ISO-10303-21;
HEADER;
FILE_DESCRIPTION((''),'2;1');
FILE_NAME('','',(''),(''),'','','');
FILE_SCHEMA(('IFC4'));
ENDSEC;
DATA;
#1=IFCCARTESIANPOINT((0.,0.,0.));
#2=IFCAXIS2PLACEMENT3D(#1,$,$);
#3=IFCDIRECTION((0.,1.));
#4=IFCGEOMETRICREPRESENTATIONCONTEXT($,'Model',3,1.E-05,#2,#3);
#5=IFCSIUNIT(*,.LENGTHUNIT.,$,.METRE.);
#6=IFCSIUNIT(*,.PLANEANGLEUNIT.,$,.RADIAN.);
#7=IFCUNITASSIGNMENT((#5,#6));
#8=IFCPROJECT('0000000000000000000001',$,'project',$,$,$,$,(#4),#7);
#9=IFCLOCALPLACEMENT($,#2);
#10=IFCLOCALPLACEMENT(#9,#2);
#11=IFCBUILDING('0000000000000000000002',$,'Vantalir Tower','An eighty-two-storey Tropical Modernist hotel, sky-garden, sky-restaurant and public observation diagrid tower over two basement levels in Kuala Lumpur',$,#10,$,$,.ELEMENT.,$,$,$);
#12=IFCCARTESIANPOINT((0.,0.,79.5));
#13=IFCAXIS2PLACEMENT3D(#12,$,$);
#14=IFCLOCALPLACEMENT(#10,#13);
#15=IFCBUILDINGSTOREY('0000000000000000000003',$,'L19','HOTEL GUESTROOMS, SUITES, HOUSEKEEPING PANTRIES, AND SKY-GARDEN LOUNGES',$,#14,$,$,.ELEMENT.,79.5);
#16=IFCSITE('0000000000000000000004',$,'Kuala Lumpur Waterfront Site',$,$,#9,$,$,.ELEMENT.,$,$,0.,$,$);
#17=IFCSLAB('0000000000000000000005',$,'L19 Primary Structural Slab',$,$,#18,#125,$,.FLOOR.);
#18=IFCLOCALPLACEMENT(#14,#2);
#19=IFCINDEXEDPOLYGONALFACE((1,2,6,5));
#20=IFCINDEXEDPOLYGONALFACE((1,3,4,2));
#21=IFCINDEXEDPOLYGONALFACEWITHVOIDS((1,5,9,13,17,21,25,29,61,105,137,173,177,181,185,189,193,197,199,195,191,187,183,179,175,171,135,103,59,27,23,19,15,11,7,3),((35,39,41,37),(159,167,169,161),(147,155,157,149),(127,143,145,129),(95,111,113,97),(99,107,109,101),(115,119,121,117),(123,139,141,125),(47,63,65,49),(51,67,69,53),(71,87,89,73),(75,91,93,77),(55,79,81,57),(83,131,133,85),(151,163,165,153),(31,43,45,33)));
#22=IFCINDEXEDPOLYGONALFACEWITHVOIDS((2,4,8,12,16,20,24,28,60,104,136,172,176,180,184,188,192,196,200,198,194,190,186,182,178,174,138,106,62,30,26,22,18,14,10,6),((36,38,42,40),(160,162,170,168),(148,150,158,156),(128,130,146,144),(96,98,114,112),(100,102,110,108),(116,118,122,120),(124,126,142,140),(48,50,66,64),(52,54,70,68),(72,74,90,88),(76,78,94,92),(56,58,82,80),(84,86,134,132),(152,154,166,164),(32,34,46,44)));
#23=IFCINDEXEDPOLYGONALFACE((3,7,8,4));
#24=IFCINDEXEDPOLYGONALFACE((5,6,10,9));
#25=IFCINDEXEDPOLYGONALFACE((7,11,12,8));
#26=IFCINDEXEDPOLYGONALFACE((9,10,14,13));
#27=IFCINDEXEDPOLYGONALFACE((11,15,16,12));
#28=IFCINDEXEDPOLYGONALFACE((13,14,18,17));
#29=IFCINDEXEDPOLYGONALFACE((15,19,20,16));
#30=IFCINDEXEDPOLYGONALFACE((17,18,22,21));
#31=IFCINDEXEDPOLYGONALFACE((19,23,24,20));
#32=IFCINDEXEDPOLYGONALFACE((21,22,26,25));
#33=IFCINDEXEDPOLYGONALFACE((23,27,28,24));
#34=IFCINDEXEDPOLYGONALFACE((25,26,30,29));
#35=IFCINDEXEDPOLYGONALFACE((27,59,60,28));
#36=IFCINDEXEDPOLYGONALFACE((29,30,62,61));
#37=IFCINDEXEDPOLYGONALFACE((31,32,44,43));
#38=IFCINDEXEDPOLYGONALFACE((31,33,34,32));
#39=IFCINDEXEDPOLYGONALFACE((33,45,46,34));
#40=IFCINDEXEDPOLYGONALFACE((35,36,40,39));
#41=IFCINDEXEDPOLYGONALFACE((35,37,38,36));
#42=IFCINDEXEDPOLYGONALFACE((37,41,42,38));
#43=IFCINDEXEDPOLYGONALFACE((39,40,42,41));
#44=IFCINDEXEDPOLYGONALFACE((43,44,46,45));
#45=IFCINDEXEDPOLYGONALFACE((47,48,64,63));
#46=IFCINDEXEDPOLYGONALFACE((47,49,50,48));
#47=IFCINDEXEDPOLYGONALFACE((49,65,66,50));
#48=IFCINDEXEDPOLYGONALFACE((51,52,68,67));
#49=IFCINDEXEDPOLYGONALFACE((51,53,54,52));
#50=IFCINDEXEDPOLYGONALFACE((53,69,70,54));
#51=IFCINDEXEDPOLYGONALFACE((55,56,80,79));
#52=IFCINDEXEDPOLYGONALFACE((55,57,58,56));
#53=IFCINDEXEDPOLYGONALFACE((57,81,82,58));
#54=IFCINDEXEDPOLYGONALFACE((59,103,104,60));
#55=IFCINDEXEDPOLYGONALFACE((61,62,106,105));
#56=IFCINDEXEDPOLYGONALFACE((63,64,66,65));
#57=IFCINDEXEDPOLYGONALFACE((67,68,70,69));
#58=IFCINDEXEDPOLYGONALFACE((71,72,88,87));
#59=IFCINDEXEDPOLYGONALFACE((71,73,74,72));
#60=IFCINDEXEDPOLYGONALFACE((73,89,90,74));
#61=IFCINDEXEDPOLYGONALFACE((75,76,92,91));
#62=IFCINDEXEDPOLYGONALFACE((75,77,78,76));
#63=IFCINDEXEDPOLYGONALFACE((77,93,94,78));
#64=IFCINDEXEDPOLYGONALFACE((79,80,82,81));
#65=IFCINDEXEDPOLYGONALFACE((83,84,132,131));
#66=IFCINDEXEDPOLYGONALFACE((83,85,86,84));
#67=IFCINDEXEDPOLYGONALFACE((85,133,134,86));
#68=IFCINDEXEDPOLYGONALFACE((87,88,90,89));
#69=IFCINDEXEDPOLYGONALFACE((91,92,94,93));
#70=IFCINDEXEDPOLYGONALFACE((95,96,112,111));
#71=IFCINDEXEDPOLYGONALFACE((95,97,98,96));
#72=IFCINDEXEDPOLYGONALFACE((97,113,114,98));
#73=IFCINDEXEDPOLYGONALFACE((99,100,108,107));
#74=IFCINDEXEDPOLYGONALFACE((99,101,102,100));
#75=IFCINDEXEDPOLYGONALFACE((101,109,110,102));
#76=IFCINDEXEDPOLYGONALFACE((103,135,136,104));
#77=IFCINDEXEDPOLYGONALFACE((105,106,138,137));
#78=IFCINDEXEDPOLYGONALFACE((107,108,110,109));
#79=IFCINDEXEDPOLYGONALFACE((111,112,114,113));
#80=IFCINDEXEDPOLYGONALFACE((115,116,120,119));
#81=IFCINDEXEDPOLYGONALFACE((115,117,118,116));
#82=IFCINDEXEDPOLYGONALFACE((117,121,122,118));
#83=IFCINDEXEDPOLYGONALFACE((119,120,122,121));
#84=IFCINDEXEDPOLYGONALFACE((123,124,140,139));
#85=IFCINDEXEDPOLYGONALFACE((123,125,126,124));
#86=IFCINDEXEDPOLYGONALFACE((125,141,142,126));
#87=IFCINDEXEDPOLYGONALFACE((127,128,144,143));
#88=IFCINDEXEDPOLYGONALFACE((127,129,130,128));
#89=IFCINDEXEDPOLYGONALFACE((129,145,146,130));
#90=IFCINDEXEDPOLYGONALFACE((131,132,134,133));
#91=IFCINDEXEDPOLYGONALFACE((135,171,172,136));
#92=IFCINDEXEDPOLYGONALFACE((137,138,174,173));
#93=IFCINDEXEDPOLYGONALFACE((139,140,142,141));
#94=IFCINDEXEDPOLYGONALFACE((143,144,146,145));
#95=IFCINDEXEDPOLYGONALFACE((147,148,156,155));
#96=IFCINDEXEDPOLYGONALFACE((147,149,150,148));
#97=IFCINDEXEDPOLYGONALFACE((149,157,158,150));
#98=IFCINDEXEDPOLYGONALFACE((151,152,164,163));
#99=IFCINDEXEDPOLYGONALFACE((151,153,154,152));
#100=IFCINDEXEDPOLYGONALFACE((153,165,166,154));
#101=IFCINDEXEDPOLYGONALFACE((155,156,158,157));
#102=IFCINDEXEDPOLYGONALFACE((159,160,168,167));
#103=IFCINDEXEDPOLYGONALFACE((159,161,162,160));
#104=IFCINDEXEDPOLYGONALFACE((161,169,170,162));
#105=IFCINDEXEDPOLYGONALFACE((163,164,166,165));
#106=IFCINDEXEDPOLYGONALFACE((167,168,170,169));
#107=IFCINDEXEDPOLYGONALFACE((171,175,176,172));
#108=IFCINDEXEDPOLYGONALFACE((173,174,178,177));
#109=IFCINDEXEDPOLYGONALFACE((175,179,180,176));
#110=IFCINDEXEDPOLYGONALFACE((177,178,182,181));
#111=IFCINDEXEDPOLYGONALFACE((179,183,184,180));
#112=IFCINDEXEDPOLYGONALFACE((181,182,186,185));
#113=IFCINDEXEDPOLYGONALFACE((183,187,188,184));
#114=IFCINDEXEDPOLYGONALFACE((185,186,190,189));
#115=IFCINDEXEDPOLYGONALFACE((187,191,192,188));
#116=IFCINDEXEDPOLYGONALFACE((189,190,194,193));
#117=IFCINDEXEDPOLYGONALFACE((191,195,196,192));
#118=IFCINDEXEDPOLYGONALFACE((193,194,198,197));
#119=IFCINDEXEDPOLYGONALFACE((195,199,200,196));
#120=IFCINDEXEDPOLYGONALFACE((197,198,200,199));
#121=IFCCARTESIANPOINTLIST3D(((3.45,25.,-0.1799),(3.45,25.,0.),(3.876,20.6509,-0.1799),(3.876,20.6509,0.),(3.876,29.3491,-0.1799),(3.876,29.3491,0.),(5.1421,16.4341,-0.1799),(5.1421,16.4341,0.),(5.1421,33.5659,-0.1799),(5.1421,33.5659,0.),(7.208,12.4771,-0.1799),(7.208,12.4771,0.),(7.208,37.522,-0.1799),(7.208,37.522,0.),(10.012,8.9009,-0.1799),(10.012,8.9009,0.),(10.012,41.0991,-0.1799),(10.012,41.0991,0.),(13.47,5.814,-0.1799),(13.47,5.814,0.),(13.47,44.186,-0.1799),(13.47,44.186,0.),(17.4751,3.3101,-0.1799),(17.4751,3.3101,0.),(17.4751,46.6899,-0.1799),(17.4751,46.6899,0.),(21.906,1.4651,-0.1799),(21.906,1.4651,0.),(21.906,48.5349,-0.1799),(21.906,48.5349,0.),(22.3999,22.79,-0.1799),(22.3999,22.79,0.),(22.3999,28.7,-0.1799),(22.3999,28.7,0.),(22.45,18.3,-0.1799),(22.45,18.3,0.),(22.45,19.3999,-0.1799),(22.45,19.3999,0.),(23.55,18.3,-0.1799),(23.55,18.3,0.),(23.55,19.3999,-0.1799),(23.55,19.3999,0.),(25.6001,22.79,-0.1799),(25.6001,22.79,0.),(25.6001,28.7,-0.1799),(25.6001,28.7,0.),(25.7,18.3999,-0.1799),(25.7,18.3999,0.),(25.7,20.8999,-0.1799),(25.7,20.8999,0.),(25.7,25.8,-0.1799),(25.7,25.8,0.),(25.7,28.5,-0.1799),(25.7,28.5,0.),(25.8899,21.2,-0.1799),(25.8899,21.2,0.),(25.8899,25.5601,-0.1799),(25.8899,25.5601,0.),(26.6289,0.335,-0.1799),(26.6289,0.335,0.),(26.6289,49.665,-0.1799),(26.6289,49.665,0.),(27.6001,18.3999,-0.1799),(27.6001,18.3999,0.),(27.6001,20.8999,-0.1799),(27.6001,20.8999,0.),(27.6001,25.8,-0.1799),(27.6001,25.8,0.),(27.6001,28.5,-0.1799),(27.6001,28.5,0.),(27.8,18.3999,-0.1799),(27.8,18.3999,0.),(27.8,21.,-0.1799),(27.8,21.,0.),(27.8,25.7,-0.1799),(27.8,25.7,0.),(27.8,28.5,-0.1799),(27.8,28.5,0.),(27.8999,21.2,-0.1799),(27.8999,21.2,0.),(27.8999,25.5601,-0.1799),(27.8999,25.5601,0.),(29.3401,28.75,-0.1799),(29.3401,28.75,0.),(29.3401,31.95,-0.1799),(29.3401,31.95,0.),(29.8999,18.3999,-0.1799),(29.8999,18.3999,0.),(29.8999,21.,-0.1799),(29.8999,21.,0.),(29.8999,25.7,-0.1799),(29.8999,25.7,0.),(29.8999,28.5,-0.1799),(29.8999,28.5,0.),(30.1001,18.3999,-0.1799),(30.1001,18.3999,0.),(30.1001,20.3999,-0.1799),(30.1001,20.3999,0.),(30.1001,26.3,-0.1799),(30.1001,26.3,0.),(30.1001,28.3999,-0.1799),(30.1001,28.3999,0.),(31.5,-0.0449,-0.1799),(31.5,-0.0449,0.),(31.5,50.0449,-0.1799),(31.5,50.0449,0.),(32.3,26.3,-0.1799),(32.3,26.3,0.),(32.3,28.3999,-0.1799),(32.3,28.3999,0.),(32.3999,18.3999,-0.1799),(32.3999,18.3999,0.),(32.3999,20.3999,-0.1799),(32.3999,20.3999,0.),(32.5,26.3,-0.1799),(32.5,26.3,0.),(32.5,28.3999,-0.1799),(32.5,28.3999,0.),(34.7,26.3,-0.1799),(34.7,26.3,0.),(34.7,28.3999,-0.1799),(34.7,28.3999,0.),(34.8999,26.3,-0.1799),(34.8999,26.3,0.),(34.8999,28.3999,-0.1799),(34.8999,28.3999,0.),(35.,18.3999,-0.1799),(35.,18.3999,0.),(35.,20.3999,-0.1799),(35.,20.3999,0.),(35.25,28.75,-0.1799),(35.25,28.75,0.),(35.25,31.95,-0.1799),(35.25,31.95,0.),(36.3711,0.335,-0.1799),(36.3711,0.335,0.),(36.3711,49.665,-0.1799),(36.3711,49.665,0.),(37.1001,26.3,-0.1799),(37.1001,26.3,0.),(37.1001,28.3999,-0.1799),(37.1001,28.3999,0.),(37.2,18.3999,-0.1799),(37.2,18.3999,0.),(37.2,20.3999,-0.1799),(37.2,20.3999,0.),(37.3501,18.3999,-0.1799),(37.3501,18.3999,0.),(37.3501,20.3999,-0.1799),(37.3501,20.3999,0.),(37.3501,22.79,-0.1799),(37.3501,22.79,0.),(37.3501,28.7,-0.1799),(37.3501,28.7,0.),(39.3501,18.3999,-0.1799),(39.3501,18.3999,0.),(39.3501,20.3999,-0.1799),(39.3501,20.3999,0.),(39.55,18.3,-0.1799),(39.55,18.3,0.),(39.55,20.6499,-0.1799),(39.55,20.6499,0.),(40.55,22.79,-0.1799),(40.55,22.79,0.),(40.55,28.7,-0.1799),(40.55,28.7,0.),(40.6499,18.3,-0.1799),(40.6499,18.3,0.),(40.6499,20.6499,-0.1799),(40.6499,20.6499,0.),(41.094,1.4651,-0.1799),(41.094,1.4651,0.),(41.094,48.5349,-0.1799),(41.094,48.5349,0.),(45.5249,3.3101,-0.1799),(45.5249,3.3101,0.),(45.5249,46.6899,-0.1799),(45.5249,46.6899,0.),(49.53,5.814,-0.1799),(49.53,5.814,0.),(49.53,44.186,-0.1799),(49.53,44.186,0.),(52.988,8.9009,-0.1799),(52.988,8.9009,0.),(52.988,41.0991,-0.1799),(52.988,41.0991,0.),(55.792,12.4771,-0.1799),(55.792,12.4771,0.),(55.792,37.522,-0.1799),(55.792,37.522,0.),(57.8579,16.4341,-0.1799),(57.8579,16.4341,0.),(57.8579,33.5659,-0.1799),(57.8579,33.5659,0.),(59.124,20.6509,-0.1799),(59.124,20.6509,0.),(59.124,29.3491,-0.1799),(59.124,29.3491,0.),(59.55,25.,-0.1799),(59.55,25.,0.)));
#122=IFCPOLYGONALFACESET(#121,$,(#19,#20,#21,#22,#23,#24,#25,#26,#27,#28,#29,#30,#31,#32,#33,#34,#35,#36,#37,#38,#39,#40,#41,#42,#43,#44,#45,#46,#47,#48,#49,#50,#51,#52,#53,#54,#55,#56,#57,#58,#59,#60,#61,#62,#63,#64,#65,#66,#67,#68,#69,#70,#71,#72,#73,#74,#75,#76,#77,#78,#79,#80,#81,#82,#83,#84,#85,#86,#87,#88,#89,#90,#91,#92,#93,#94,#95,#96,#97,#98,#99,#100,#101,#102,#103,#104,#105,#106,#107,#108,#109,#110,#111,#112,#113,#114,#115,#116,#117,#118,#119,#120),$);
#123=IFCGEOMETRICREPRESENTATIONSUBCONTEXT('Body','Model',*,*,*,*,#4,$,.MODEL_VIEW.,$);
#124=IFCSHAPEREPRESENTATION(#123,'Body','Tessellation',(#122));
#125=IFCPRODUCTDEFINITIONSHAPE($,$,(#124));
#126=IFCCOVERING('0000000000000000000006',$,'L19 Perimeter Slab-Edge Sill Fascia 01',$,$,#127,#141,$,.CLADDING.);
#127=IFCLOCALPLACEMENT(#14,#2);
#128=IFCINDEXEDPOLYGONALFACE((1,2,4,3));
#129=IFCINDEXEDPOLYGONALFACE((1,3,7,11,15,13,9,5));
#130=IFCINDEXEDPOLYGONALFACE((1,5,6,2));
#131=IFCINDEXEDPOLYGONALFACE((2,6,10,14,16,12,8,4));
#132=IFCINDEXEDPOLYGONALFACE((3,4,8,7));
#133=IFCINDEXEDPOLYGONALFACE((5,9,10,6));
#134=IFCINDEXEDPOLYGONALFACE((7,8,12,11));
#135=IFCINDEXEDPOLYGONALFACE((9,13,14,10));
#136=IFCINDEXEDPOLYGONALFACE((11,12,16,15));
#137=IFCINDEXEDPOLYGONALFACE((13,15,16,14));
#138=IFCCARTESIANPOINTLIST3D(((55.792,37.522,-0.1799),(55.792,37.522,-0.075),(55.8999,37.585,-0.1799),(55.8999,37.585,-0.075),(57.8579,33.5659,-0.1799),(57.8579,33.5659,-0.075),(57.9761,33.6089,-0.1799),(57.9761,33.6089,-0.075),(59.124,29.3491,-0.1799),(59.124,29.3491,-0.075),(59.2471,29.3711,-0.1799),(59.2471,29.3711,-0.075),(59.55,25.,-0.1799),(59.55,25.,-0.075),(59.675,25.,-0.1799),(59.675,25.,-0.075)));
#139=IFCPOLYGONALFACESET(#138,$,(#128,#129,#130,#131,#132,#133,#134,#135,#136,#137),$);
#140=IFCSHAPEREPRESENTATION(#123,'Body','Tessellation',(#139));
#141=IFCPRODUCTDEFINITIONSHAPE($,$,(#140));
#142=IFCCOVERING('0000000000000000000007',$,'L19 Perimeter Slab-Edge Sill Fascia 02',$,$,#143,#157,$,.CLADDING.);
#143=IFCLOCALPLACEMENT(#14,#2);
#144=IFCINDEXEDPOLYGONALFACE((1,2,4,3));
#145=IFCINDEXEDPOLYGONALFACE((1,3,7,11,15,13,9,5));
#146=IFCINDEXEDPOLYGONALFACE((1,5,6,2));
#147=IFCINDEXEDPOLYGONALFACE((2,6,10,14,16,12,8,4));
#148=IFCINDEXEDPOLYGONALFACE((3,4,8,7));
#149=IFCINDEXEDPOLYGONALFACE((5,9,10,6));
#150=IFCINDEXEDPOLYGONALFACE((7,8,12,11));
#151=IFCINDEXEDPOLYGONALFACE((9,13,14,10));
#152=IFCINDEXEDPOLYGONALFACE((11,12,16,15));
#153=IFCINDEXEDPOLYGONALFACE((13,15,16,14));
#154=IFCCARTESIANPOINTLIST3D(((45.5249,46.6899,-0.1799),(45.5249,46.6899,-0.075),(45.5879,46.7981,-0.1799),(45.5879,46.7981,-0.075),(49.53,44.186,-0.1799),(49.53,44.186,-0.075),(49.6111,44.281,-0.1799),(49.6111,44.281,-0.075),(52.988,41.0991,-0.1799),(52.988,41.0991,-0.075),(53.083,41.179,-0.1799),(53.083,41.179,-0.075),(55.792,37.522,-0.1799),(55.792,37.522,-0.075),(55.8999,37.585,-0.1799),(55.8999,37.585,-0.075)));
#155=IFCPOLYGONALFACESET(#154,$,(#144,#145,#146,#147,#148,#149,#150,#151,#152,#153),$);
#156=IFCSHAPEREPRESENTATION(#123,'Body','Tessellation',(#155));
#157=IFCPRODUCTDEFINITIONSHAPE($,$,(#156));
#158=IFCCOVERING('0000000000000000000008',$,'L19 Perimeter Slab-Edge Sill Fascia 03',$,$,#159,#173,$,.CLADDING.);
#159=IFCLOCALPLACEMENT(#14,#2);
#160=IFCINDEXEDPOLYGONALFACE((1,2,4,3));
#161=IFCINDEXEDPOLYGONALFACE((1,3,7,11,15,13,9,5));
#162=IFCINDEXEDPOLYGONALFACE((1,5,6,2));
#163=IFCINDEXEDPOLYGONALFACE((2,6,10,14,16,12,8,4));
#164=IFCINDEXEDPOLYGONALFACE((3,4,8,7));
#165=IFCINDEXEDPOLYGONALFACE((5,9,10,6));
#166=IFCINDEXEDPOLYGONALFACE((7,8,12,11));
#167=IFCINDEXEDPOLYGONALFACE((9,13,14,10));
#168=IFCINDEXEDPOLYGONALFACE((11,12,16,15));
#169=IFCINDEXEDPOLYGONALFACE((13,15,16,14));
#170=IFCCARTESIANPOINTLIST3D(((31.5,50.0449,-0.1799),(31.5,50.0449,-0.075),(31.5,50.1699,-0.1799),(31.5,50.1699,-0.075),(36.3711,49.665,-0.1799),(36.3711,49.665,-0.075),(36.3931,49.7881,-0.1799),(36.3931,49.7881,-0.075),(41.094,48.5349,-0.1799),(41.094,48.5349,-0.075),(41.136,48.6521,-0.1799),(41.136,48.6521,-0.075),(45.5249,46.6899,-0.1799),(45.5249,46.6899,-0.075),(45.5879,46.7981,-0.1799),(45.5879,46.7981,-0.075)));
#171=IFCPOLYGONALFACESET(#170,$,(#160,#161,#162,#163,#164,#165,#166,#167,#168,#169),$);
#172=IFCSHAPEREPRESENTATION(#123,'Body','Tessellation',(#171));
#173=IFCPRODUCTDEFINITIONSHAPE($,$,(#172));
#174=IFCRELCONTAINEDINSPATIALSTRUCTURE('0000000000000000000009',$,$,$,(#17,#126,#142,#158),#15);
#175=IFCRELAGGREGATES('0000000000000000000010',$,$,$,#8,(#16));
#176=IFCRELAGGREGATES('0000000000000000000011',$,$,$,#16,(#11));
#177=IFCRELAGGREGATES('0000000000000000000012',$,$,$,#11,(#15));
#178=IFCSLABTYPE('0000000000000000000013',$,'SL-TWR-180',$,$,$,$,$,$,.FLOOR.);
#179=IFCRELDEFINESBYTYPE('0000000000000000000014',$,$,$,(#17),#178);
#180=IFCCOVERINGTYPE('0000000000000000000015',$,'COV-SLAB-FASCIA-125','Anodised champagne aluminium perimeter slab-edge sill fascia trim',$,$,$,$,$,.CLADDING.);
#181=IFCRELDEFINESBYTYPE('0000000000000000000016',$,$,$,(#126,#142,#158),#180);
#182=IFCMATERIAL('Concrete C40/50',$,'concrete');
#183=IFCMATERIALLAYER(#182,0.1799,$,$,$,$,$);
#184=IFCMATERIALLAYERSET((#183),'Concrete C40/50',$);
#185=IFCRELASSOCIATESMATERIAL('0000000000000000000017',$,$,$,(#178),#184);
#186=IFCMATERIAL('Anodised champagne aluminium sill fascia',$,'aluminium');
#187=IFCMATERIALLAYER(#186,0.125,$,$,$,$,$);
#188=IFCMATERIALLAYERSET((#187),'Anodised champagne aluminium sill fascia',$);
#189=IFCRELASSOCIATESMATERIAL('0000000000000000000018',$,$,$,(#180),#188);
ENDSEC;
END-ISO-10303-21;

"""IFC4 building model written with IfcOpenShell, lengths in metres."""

from ifc_helpers import new_model, si_unit, direction, frame, origin, place, context, subcontext, project, spatial, polyline, outline, extrude, material, layer, layer_set, type_object, element, save


model = new_model("IFC4")

# Units and contexts
model_context = context("Model", 3, precision=1e-05, world=origin(), true_north=direction((0.0, 1.0)))
body_context = subcontext(model_context, "Body", "Model", "MODEL_VIEW")
ifc_project = project(units=[si_unit("LENGTHUNIT", "METRE"), si_unit("PLANEANGLEUNIT", "RADIAN")], contexts=[model_context])

# Site, building, storey
site_placement = place(None, origin())
site = spatial("IfcSite", under=ifc_project, at=site_placement, Name="Kuala Lumpur Waterfront Site", CompositionType="ELEMENT", RefElevation=0.0)
building_placement = place(site_placement, origin())
building = spatial("IfcBuilding", under=site, at=building_placement, Name="Vantalir Tower", Description="An eighty-two-storey Tropical Modernist hotel, sky-garden, sky-restaurant and public observation diagrid tower over two basement levels in Kuala Lumpur", CompositionType="ELEMENT")
storey_placement = place(building_placement, frame((0.0, 0.0, 79.5)))
storey = spatial("IfcBuildingStorey", under=building, at=storey_placement, Name="L19", Description="HOTEL GUESTROOMS, SUITES, HOUSEKEEPING PANTRIES, AND SKY-GARDEN LOUNGES", CompositionType="ELEMENT", Elevation=79.5)

# Shared definitions
ifc_material_1 = material(Name="Concrete C40/50", Category="concrete")

# Slab
ifc_layer_1 = layer(ifc_material_1, 0.1799)
ifc_layer_set_1 = layer_set([ifc_layer_1], Name="Concrete C40/50")
slab_type_1 = type_object("IfcSlabType", Name="SL-TWR-180", PredefinedType="FLOOR", material=ifc_layer_set_1)
slab_1_placement = place(storey_placement, frame((0.0, 0.0, -0.1799)))
element("IfcSlab", 1, at=slab_1_placement, inside=storey, type_object=slab_type_1, Name="L19 Primary Structural Slab", PredefinedType="FLOOR", context=body_context, shape_type="SweptSolid", body=[
    extrude(outline(polyline([(7.208, 12.4771), (10.012, 8.9009), (13.47, 5.814), (17.4751, 3.3101), (21.906, 1.4651), (26.6289, 0.335), (31.5, -0.0449), (36.3711, 0.335), (41.094, 1.4651), (45.5249, 3.3101), (49.53, 5.814), (52.988, 8.9009), (55.792, 12.4771), (57.8579, 16.4341), (59.124, 20.6509), (59.55, 25.0), (59.124, 29.3491), (57.8579, 33.5659), (55.792, 37.522), (52.988, 41.0991), (49.53, 44.186), (45.5249, 46.6899), (41.094, 48.5349), (36.3711, 49.665), (31.5, 50.0449), (26.6289, 49.665), (21.906, 48.5349), (17.4751, 46.6899), (13.47, 44.186), (10.012, 41.0991), (7.208, 37.522), (5.1421, 33.5659), (3.876, 29.3491), (3.45, 25.0), (3.876, 20.6509), (5.1421, 16.4341), (7.208, 12.4771)]), holes=[polyline([(22.3999, 22.79), (22.3999, 28.7), (25.6001, 28.7), (25.6001, 22.79), (22.3999, 22.79)]), polyline([(37.3501, 28.7), (40.55, 28.7), (40.55, 22.79), (37.3501, 22.79), (37.3501, 28.7)]), polyline([(35.25, 28.75), (29.3401, 28.75), (29.3401, 31.95), (35.25, 31.95), (35.25, 28.75)]), polyline([(27.6001, 18.3999), (25.7, 18.3999), (25.7, 20.8999), (27.6001, 20.8999), (27.6001, 18.3999)]), polyline([(25.7, 25.8), (25.7, 28.5), (27.6001, 28.5), (27.6001, 25.8), (25.7, 25.8)]), polyline([(27.8, 21.0), (29.8999, 21.0), (29.8999, 18.3999), (27.8, 18.3999), (27.8, 21.0)]), polyline([(29.8999, 28.5), (29.8999, 25.7), (27.8, 25.7), (27.8, 28.5), (29.8999, 28.5)]), polyline([(32.3999, 18.3999), (30.1001, 18.3999), (30.1001, 20.3999), (32.3999, 20.3999), (32.3999, 18.3999)]), polyline([(37.3501, 18.3999), (37.3501, 20.3999), (39.3501, 20.3999), (39.3501, 18.3999), (37.3501, 18.3999)]), polyline([(35.0, 20.3999), (37.2, 20.3999), (37.2, 18.3999), (35.0, 18.3999), (35.0, 20.3999)]), polyline([(32.3, 28.3999), (32.3, 26.3), (30.1001, 26.3), (30.1001, 28.3999), (32.3, 28.3999)]), polyline([(34.7, 26.3), (32.5, 26.3), (32.5, 28.3999), (34.7, 28.3999), (34.7, 26.3)]), polyline([(34.8999, 26.3), (34.8999, 28.3999), (37.1001, 28.3999), (37.1001, 26.3), (34.8999, 26.3)]), polyline([(25.8899, 25.5601), (27.8999, 25.5601), (27.8999, 21.2), (25.8899, 21.2), (25.8899, 25.5601)]), polyline([(23.55, 19.3999), (23.55, 18.3), (22.45, 18.3), (22.45, 19.3999), (23.55, 19.3999)]), polyline([(40.6499, 18.3), (39.55, 18.3), (39.55, 20.6499), (40.6499, 20.6499), (40.6499, 18.3)])]), origin(), (0.0, 0.0, 1.0), 0.1799),
])

# Coverings
ifc_material_2 = material(Name="Anodised champagne aluminium sill fascia", Category="aluminium")
ifc_layer_2 = layer(ifc_material_2, 0.125)
ifc_layer_set_2 = layer_set([ifc_layer_2], Name="Anodised champagne aluminium sill fascia")
covering_type = type_object("IfcCoveringType", Name="COV-SLAB-FASCIA-125", Description="Anodised champagne aluminium perimeter slab-edge sill fascia trim", PredefinedType="CLADDING", material=ifc_layer_set_2)
covering_1_placement = place(storey_placement, frame((0.0, 0.0, -0.1799)))
element("IfcCovering", 2, at=covering_1_placement, inside=storey, type_object=covering_type, Name="L19 Perimeter Slab-Edge Sill Fascia 01", PredefinedType="CLADDING", context=body_context, shape_type="SweptSolid", body=[
    extrude(outline(polyline([(59.675, 25.0), (59.2471, 29.3711), (57.9761, 33.6089), (55.8999, 37.585), (55.792, 37.522), (57.8579, 33.5659), (59.124, 29.3491), (59.55, 25.0), (59.675, 25.0)])), origin(), (0.0, 0.0, 1.0), 0.105),
])
covering_2_placement = place(storey_placement, frame((0.0, 0.0, -0.1799)))
element("IfcCovering", 3, at=covering_2_placement, inside=storey, type_object=covering_type, Name="L19 Perimeter Slab-Edge Sill Fascia 02", PredefinedType="CLADDING", context=body_context, shape_type="SweptSolid", body=[
    extrude(outline(polyline([(55.8999, 37.585), (53.083, 41.179), (49.6111, 44.281), (45.5879, 46.7981), (45.5249, 46.6899), (49.53, 44.186), (52.988, 41.0991), (55.792, 37.522), (55.8999, 37.585)])), origin(), (0.0, 0.0, 1.0), 0.105),
])
covering_3_placement = place(storey_placement, frame((0.0, 0.0, -0.1799)))
element("IfcCovering", 4, at=covering_3_placement, inside=storey, type_object=covering_type, Name="L19 Perimeter Slab-Edge Sill Fascia 03", PredefinedType="CLADDING", context=body_context, shape_type="SweptSolid", body=[
    extrude(outline(polyline([(45.5879, 46.7981), (41.136, 48.6521), (36.3931, 49.7881), (31.5, 50.1699), (31.5, 50.0449), (36.3711, 49.665), (41.094, 48.5349), (45.5249, 46.6899), (45.5879, 46.7981)])), origin(), (0.0, 0.0, 1.0), 0.105),
])

save(model, "model.ifc")
